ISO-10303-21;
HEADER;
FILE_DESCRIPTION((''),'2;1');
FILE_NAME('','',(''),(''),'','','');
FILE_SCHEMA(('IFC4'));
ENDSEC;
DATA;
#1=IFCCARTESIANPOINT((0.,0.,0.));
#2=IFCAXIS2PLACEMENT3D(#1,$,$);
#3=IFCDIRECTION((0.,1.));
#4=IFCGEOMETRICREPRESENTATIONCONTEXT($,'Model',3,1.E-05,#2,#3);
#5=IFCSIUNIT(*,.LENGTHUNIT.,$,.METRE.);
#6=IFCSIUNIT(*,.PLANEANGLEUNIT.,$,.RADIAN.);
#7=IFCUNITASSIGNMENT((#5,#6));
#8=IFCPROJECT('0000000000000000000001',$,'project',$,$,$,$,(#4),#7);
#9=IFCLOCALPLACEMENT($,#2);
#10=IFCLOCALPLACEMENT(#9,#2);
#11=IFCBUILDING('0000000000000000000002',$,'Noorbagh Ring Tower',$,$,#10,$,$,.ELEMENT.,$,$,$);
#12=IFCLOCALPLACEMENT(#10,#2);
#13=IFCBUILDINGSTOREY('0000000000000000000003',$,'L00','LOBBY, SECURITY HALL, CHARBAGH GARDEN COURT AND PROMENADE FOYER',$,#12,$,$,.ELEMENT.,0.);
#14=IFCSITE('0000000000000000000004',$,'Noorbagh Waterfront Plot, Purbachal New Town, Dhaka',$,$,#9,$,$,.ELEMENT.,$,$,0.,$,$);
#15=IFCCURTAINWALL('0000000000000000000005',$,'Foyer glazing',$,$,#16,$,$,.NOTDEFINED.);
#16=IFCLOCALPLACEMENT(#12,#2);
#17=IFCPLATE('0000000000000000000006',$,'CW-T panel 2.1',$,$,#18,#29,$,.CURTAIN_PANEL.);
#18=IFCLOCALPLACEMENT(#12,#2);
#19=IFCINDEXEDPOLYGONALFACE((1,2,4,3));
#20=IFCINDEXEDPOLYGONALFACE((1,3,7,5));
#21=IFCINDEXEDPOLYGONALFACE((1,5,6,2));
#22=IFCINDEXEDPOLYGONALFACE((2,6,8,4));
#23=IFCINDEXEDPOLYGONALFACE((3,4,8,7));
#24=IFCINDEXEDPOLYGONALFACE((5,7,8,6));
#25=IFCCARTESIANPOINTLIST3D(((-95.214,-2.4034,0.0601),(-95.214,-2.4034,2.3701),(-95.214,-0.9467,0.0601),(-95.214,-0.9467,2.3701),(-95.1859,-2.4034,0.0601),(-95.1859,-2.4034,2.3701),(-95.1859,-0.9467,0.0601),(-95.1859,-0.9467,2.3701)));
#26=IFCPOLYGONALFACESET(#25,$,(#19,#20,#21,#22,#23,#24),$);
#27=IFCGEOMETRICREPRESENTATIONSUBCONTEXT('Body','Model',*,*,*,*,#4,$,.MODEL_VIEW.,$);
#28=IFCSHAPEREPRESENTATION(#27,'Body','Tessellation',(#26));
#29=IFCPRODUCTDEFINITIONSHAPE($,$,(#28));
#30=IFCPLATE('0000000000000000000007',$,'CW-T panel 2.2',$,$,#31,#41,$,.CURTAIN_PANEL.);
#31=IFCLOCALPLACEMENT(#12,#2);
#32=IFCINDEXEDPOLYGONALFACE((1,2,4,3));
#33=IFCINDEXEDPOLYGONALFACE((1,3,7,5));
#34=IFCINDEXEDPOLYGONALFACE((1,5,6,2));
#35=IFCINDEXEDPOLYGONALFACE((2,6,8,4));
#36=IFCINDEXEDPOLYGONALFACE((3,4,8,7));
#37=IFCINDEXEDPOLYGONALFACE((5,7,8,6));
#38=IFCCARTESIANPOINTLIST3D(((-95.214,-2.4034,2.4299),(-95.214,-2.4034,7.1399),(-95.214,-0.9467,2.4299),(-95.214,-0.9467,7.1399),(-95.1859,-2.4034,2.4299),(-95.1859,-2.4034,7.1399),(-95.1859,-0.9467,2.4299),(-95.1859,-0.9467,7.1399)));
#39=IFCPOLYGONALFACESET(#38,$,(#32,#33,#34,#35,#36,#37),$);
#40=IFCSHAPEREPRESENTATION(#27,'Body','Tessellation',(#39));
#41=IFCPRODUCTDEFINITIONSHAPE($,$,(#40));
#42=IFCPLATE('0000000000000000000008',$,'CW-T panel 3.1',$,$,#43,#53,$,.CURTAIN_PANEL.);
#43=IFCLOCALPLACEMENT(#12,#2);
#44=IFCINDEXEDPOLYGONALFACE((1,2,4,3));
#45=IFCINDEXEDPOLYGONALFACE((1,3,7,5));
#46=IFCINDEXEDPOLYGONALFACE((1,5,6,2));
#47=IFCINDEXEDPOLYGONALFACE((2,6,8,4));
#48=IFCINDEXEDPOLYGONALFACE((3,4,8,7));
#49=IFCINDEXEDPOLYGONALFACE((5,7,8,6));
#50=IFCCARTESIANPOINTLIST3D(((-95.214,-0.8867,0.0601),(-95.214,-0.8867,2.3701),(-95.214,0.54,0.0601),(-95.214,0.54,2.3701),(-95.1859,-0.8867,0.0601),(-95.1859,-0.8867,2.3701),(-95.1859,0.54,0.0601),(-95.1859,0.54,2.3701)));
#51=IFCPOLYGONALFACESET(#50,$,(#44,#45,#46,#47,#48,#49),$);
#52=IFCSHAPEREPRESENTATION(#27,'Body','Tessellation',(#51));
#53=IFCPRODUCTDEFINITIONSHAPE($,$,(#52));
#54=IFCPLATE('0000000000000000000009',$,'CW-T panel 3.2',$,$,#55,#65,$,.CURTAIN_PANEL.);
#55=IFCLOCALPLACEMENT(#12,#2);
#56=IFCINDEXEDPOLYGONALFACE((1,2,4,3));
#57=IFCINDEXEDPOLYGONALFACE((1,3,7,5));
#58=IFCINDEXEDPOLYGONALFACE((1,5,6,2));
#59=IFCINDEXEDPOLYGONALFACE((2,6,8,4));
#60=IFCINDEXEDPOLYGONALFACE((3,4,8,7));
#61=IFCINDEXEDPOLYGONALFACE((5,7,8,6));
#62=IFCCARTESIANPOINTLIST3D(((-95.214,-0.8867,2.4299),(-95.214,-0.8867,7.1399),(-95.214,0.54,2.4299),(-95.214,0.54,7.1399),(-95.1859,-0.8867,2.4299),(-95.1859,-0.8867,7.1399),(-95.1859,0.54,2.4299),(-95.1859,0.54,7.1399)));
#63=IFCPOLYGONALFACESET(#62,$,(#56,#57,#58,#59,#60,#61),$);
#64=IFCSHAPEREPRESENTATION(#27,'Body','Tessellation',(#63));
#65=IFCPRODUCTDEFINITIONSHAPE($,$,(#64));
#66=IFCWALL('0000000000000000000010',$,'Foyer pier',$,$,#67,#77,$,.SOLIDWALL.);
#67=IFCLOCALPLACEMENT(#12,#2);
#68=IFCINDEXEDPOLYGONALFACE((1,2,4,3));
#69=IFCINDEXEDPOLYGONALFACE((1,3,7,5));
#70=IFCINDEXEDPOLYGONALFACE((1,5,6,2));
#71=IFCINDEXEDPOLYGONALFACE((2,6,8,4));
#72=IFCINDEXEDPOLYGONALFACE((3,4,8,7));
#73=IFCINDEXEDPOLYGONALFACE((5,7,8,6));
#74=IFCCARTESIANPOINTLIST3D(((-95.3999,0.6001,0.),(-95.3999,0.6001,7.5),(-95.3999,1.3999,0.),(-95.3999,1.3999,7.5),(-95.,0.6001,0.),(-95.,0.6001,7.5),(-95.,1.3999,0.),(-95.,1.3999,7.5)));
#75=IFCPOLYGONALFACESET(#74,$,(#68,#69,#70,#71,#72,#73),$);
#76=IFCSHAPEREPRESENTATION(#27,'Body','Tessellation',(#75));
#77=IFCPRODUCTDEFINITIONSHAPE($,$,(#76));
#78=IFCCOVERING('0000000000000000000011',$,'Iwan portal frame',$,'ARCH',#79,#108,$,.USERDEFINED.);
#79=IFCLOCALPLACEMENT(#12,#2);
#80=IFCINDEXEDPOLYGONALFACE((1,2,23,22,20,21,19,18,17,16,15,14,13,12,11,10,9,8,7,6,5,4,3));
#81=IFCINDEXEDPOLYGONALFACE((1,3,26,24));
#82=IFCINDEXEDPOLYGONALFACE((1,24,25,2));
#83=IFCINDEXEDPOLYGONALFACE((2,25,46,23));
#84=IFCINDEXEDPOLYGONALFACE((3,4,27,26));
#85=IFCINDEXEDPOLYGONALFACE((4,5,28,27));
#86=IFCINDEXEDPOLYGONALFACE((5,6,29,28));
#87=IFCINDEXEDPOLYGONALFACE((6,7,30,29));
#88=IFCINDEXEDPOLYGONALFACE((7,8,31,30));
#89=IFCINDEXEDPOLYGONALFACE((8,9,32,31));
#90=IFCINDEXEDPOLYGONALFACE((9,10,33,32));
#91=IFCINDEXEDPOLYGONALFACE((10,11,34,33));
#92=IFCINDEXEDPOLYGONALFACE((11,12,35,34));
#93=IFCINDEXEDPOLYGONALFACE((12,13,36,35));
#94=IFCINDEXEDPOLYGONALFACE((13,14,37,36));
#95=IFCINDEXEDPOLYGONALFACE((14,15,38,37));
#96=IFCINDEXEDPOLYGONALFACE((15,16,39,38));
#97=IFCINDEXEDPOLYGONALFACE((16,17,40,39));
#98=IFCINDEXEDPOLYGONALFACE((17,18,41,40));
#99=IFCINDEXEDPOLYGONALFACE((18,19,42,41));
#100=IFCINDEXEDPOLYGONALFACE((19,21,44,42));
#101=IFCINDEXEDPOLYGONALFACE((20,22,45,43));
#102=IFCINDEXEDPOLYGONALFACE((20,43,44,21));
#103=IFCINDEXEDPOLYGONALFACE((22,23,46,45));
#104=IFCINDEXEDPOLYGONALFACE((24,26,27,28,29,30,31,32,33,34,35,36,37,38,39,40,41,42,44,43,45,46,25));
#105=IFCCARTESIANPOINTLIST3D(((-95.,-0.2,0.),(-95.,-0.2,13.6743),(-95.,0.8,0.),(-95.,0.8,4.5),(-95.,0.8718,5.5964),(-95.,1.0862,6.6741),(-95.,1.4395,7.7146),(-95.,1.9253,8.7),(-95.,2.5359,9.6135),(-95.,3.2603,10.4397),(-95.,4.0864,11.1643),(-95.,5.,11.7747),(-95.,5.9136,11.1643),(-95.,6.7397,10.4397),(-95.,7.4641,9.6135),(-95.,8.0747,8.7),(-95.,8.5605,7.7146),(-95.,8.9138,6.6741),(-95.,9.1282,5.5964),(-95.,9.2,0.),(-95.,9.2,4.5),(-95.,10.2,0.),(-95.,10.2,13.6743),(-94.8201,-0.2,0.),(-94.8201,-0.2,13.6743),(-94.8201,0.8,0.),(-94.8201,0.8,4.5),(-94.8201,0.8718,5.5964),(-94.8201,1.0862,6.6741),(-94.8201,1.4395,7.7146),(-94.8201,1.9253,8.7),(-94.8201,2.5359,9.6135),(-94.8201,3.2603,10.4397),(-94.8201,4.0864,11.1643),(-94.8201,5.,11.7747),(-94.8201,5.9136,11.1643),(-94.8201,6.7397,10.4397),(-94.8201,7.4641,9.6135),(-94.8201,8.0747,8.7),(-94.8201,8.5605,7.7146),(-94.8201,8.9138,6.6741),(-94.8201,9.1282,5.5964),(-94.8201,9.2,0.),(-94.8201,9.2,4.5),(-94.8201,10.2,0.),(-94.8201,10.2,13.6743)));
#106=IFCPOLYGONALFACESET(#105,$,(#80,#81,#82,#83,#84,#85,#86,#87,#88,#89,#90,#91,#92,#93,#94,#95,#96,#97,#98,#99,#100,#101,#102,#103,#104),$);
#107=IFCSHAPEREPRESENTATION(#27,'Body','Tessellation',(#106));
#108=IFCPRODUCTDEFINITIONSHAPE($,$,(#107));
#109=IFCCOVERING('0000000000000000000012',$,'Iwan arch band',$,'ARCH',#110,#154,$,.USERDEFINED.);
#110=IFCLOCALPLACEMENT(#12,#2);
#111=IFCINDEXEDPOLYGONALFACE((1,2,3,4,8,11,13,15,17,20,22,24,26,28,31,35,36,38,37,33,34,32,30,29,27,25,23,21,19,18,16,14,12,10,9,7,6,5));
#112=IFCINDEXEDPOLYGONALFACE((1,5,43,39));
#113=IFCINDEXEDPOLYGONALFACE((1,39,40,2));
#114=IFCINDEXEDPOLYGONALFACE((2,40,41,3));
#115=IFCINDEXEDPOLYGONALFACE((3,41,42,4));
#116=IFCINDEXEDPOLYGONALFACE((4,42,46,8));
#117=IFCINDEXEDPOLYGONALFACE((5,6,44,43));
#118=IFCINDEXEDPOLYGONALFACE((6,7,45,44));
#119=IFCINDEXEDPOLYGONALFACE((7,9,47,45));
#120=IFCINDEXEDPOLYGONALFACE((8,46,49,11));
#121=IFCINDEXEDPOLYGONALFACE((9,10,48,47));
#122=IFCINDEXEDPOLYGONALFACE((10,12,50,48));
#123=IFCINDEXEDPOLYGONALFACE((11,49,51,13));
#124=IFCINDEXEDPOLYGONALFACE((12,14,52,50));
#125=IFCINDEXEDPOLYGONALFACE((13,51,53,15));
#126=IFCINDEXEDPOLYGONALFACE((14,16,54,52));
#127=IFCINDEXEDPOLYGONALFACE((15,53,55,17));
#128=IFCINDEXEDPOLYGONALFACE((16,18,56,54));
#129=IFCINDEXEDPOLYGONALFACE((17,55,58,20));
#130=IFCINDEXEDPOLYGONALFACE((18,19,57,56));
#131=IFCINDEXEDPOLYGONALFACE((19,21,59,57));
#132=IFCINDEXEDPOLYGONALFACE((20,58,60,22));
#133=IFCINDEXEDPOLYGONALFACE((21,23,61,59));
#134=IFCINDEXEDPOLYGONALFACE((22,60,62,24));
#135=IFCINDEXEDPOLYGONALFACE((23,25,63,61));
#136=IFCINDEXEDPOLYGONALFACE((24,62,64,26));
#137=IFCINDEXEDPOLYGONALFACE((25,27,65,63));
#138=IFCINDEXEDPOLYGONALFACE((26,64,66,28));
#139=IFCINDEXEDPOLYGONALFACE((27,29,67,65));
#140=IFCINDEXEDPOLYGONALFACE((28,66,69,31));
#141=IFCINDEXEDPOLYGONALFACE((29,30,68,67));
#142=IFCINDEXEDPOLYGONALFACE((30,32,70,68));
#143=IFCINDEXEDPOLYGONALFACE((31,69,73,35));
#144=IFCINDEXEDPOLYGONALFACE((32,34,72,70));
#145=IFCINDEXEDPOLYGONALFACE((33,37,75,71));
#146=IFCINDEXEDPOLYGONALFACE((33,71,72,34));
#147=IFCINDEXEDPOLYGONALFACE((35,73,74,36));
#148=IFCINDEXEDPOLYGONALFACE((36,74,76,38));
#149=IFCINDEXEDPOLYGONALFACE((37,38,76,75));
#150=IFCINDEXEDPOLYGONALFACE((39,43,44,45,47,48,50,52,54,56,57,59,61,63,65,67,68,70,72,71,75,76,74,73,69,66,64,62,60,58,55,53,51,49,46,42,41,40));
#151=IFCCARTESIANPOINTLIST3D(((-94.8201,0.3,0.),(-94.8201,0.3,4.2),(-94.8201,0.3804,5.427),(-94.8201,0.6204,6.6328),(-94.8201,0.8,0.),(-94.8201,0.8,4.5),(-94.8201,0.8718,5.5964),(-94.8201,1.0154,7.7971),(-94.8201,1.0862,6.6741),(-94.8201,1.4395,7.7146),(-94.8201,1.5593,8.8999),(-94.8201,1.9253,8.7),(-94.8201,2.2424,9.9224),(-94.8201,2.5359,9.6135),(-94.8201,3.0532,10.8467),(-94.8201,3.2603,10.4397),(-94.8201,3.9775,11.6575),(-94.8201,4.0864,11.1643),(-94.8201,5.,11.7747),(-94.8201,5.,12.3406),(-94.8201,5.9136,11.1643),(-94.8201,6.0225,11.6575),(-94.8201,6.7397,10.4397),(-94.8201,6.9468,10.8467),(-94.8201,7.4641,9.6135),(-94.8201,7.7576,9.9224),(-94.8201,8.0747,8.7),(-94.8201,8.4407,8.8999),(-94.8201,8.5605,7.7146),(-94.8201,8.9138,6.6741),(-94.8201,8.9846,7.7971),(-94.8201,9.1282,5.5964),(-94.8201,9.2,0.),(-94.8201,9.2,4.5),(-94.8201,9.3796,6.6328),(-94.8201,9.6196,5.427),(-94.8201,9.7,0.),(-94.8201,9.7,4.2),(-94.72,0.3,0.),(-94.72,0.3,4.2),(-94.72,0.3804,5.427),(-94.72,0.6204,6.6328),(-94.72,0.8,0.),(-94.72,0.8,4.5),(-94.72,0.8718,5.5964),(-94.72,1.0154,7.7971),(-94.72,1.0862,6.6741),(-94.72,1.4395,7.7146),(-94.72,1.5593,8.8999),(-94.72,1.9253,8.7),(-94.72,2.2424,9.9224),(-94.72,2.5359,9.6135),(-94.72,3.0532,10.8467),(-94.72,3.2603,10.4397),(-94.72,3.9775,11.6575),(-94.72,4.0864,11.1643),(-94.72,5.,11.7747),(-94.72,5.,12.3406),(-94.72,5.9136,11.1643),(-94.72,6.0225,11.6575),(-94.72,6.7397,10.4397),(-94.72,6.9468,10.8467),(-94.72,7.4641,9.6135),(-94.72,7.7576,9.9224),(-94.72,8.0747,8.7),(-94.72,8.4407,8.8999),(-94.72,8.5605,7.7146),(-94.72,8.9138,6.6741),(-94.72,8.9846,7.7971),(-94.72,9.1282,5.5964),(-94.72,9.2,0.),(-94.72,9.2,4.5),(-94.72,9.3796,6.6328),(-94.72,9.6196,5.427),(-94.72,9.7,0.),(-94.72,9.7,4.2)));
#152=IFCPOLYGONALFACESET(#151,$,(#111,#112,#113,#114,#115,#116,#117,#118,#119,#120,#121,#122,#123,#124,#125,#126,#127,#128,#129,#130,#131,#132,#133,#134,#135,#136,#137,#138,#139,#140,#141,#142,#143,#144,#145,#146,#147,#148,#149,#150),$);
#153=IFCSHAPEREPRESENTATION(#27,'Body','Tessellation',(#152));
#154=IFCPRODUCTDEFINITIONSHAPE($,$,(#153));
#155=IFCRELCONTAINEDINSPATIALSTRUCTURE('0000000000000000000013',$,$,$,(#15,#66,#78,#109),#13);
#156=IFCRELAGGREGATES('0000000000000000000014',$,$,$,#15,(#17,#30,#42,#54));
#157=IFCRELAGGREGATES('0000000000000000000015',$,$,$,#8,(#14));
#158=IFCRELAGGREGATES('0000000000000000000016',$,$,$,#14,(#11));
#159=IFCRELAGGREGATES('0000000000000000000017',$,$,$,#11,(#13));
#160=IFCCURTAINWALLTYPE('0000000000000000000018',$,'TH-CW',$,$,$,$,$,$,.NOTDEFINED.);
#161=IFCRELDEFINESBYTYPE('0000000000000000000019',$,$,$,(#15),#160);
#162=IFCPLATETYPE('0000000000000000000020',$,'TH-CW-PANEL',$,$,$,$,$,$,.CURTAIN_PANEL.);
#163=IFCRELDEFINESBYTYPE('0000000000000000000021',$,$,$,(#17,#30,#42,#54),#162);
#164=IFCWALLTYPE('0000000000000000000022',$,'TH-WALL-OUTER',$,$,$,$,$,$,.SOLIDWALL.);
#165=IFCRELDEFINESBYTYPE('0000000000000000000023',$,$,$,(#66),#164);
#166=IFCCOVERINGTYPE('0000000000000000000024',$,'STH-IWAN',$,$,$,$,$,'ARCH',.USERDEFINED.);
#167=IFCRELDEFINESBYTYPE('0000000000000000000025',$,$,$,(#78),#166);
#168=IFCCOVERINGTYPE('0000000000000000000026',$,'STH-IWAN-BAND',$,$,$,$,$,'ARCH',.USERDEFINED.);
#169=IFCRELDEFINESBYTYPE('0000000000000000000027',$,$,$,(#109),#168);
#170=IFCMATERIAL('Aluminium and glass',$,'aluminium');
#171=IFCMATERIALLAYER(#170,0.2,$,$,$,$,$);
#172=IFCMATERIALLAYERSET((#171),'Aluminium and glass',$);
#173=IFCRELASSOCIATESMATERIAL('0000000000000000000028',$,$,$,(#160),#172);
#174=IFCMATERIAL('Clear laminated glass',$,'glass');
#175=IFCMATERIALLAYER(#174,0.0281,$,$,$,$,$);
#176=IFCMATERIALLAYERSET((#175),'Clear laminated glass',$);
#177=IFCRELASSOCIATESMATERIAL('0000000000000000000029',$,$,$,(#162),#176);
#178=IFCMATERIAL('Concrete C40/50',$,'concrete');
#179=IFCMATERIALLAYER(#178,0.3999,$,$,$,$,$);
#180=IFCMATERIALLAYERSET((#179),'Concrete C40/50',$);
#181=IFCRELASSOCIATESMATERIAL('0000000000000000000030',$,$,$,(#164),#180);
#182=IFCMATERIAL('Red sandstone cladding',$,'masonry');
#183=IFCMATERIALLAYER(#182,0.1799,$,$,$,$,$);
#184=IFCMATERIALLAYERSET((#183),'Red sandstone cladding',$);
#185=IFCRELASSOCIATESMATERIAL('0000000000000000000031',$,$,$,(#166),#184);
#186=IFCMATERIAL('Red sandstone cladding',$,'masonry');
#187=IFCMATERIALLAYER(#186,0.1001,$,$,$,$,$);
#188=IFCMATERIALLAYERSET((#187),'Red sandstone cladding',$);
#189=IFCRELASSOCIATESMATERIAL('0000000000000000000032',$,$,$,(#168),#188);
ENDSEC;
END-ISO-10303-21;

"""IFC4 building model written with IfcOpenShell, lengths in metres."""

from ifc_helpers import new_model, si_unit, direction, frame, frame_2d, origin, origin_2d, place, context, subcontext, project, spatial, polyline, rectangle, outline, extrude, material, layer, layer_set, type_object, element, aggregate, save


model = new_model("IFC4")

# Units and contexts
model_context = context("Model", 3, precision=1e-05, world=origin(), true_north=direction((0.0, 1.0)))
body_context = subcontext(model_context, "Body", "Model", "MODEL_VIEW")
ifc_project = project(units=[si_unit("LENGTHUNIT", "METRE"), si_unit("PLANEANGLEUNIT", "RADIAN")], contexts=[model_context])

# Site, building, storey
site_placement = place(None, origin())
site = spatial("IfcSite", under=ifc_project, at=site_placement, Name="Noorbagh Waterfront Plot, Purbachal New Town, Dhaka", CompositionType="ELEMENT", RefElevation=0.0)
building_placement = place(site_placement, origin())
building = spatial("IfcBuilding", under=site, at=building_placement, Name="Noorbagh Ring Tower", CompositionType="ELEMENT")
storey_placement = place(building_placement, origin())
storey = spatial("IfcBuildingStorey", under=building, at=storey_placement, Name="L00", Description="LOBBY, SECURITY HALL, CHARBAGH GARDEN COURT AND PROMENADE FOYER", CompositionType="ELEMENT", Elevation=0.0)

# Curtain wall
ifc_material_1 = material(Name="Aluminium and glass", Category="aluminium")
ifc_layer_1 = layer(ifc_material_1, 0.2)
ifc_layer_set_1 = layer_set([ifc_layer_1], Name="Aluminium and glass")
curtain_wall_type_1 = type_object("IfcCurtainWallType", Name="TH-CW", PredefinedType="NOTDEFINED", material=ifc_layer_set_1)
curtain_wall_1_placement = place(storey_placement, origin())
curtain_wall_1 = element("IfcCurtainWall", 1, at=curtain_wall_1_placement, inside=storey, type_object=curtain_wall_type_1, Name="Foyer glazing", PredefinedType="NOTDEFINED")

# Plates
ifc_material_2 = material(Name="Clear laminated glass", Category="glass")
ifc_layer_2 = layer(ifc_material_2, 0.0281)
ifc_layer_set_2 = layer_set([ifc_layer_2], Name="Clear laminated glass")
plate_type_1 = type_object("IfcPlateType", Name="TH-CW-PANEL", PredefinedType="CURTAIN_PANEL", material=ifc_layer_set_2)
plate_1_placement = place(storey_placement, frame((-95.2, -1.675, 0.0601), z_axis=(0.0, 0.0, 1.0), x_axis=(0.0, 1.0, 0.0)))
plate_1 = element("IfcPlate", 2, at=plate_1_placement, type_object=plate_type_1, Name="CW-T panel 2.1", PredefinedType="CURTAIN_PANEL", context=body_context, shape_type="SweptSolid", body=[
    extrude(rectangle(XDim=1.4568, YDim=0.0281, at=origin_2d()), origin(), (0.0, 0.0, 1.0), 2.3101),
])
plate_2_placement = place(storey_placement, frame((-95.2, -1.675, 2.4299), z_axis=(0.0, 0.0, 1.0), x_axis=(0.0, 1.0, 0.0)))
plate_2 = element("IfcPlate", 3, at=plate_2_placement, type_object=plate_type_1, Name="CW-T panel 2.2", PredefinedType="CURTAIN_PANEL", context=body_context, shape_type="SweptSolid", body=[
    extrude(rectangle(XDim=1.4568, YDim=0.0281, at=origin_2d()), origin(), (0.0, 0.0, 1.0), 4.71),
])
plate_3_placement = place(storey_placement, frame((-95.2, -0.1733, 0.0601), z_axis=(0.0, 0.0, 1.0), x_axis=(0.0, 1.0, 0.0)))
plate_3 = element("IfcPlate", 4, at=plate_3_placement, type_object=plate_type_1, Name="CW-T panel 3.1", PredefinedType="CURTAIN_PANEL", context=body_context, shape_type="SweptSolid", body=[
    extrude(rectangle(XDim=1.4268, YDim=0.0281, at=origin_2d()), origin(), (0.0, 0.0, 1.0), 2.3101),
])
plate_4_placement = place(storey_placement, frame((-95.2, -0.1733, 2.4299), z_axis=(0.0, 0.0, 1.0), x_axis=(0.0, 1.0, 0.0)))
plate_4 = element("IfcPlate", 5, at=plate_4_placement, type_object=plate_type_1, Name="CW-T panel 3.2", PredefinedType="CURTAIN_PANEL", context=body_context, shape_type="SweptSolid", body=[
    extrude(rectangle(XDim=1.4268, YDim=0.0281, at=origin_2d()), origin(), (0.0, 0.0, 1.0), 4.71),
])
aggregate(curtain_wall_1, [plate_1, plate_2, plate_3, plate_4])

# Wall
ifc_material_3 = material(Name="Concrete C40/50", Category="concrete")
ifc_layer_3 = layer(ifc_material_3, 0.3999)
ifc_layer_set_3 = layer_set([ifc_layer_3], Name="Concrete C40/50")
wall_type = type_object("IfcWallType", Name="TH-WALL-OUTER", PredefinedType="SOLIDWALL", material=ifc_layer_set_3)
wall_placement = place(storey_placement, frame((-95.2, 0.6001, 0.0), z_axis=(0.0, 0.0, 1.0), x_axis=(0.0, 1.0, 0.0)))
element("IfcWall", 6, at=wall_placement, inside=storey, type_object=wall_type, Name="Foyer pier", PredefinedType="SOLIDWALL", context=body_context, shape_type="SweptSolid", body=[
    extrude(rectangle(XDim=0.7998, YDim=0.3999, at=frame_2d((0.3999, 0.0))), origin(), (0.0, 0.0, 1.0), 7.5),
])

# Coverings
ifc_material_4 = material(Name="Red sandstone cladding", Category="masonry")
ifc_layer_4 = layer(ifc_material_4, 0.1799)
ifc_layer_set_4 = layer_set([ifc_layer_4], Name="Red sandstone cladding")
covering_type_1 = type_object("IfcCoveringType", Name="STH-IWAN", ElementType="ARCH", PredefinedType="USERDEFINED", material=ifc_layer_set_4)
covering_1_placement = place(storey_placement, frame((-94.8201, -0.2, 0.0), z_axis=(1.0, 0.0, 0.0), x_axis=(0.0, 1.0, 0.0)))
element("IfcCovering", 7, at=covering_1_placement, inside=storey, type_object=covering_type_1, Name="Iwan portal frame", ObjectType="ARCH", PredefinedType="USERDEFINED", context=body_context, shape_type="SweptSolid", body=[
    extrude(outline(polyline([(0.0, 0.0), (1.0, 0.0), (1.0, 4.5), (1.0718, 5.5964), (1.2861, 6.6741), (1.6394, 7.7146), (2.1252, 8.7), (2.7358, 9.6135), (3.4602, 10.4397), (4.2864, 11.1643), (5.2, 11.7747), (6.1135, 11.1643), (6.9397, 10.4397), (7.6641, 9.6135), (8.2747, 8.7), (8.7605, 7.7146), (9.1138, 6.6741), (9.3281, 5.5964), (9.3999, 4.5), (9.3999, 0.0), (10.3999, 0.0), (10.3999, 13.6743), (0.0, 13.6743), (0.0, 0.0)])), origin(), (0.0, 0.0, -1.0), 0.1799),
])
ifc_material_5 = material(Name="Red sandstone cladding", Category="masonry")
ifc_layer_5 = layer(ifc_material_5, 0.1001)
ifc_layer_set_5 = layer_set([ifc_layer_5], Name="Red sandstone cladding")
covering_type_2 = type_object("IfcCoveringType", Name="STH-IWAN-BAND", ElementType="ARCH", PredefinedType="USERDEFINED", material=ifc_layer_set_5)
covering_2_placement = place(storey_placement, frame((-94.72, 0.3, 0.0), z_axis=(1.0, 0.0, 0.0), x_axis=(0.0, 1.0, 0.0)))
element("IfcCovering", 8, at=covering_2_placement, inside=storey, type_object=covering_type_2, Name="Iwan arch band", ObjectType="ARCH", PredefinedType="USERDEFINED", context=body_context, shape_type="SweptSolid", body=[
    extrude(outline(polyline([(0.0, 0.0), (0.5, 0.0), (0.5, 4.5), (0.5718, 5.5964), (0.7861, 6.6741), (1.1394, 7.7146), (1.6252, 8.7), (2.2358, 9.6135), (2.9602, 10.4397), (3.7864, 11.1643), (4.7, 11.7747), (5.6135, 11.1643), (6.4397, 10.4397), (7.1641, 9.6135), (7.7747, 8.7), (8.2605, 7.7146), (8.6138, 6.6741), (8.8281, 5.5964), (8.8999, 4.5), (8.8999, 0.0), (9.3999, 0.0), (9.3999, 4.2), (9.3196, 5.427), (9.0796, 6.6328), (8.6846, 7.7971), (8.1406, 8.8999), (7.4575, 9.9224), (6.6467, 10.8467), (5.7224, 11.6575), (4.7, 12.3406), (3.6775, 11.6575), (2.7532, 10.8467), (1.9424, 9.9224), (1.2593, 8.8999), (0.7153, 7.7971), (0.3203, 6.6328), (0.0803, 5.427), (0.0, 4.2), (0.0, 0.0)])), origin(), (0.0, 0.0, -1.0), 0.1001),
])

save(model, "model.ifc")
